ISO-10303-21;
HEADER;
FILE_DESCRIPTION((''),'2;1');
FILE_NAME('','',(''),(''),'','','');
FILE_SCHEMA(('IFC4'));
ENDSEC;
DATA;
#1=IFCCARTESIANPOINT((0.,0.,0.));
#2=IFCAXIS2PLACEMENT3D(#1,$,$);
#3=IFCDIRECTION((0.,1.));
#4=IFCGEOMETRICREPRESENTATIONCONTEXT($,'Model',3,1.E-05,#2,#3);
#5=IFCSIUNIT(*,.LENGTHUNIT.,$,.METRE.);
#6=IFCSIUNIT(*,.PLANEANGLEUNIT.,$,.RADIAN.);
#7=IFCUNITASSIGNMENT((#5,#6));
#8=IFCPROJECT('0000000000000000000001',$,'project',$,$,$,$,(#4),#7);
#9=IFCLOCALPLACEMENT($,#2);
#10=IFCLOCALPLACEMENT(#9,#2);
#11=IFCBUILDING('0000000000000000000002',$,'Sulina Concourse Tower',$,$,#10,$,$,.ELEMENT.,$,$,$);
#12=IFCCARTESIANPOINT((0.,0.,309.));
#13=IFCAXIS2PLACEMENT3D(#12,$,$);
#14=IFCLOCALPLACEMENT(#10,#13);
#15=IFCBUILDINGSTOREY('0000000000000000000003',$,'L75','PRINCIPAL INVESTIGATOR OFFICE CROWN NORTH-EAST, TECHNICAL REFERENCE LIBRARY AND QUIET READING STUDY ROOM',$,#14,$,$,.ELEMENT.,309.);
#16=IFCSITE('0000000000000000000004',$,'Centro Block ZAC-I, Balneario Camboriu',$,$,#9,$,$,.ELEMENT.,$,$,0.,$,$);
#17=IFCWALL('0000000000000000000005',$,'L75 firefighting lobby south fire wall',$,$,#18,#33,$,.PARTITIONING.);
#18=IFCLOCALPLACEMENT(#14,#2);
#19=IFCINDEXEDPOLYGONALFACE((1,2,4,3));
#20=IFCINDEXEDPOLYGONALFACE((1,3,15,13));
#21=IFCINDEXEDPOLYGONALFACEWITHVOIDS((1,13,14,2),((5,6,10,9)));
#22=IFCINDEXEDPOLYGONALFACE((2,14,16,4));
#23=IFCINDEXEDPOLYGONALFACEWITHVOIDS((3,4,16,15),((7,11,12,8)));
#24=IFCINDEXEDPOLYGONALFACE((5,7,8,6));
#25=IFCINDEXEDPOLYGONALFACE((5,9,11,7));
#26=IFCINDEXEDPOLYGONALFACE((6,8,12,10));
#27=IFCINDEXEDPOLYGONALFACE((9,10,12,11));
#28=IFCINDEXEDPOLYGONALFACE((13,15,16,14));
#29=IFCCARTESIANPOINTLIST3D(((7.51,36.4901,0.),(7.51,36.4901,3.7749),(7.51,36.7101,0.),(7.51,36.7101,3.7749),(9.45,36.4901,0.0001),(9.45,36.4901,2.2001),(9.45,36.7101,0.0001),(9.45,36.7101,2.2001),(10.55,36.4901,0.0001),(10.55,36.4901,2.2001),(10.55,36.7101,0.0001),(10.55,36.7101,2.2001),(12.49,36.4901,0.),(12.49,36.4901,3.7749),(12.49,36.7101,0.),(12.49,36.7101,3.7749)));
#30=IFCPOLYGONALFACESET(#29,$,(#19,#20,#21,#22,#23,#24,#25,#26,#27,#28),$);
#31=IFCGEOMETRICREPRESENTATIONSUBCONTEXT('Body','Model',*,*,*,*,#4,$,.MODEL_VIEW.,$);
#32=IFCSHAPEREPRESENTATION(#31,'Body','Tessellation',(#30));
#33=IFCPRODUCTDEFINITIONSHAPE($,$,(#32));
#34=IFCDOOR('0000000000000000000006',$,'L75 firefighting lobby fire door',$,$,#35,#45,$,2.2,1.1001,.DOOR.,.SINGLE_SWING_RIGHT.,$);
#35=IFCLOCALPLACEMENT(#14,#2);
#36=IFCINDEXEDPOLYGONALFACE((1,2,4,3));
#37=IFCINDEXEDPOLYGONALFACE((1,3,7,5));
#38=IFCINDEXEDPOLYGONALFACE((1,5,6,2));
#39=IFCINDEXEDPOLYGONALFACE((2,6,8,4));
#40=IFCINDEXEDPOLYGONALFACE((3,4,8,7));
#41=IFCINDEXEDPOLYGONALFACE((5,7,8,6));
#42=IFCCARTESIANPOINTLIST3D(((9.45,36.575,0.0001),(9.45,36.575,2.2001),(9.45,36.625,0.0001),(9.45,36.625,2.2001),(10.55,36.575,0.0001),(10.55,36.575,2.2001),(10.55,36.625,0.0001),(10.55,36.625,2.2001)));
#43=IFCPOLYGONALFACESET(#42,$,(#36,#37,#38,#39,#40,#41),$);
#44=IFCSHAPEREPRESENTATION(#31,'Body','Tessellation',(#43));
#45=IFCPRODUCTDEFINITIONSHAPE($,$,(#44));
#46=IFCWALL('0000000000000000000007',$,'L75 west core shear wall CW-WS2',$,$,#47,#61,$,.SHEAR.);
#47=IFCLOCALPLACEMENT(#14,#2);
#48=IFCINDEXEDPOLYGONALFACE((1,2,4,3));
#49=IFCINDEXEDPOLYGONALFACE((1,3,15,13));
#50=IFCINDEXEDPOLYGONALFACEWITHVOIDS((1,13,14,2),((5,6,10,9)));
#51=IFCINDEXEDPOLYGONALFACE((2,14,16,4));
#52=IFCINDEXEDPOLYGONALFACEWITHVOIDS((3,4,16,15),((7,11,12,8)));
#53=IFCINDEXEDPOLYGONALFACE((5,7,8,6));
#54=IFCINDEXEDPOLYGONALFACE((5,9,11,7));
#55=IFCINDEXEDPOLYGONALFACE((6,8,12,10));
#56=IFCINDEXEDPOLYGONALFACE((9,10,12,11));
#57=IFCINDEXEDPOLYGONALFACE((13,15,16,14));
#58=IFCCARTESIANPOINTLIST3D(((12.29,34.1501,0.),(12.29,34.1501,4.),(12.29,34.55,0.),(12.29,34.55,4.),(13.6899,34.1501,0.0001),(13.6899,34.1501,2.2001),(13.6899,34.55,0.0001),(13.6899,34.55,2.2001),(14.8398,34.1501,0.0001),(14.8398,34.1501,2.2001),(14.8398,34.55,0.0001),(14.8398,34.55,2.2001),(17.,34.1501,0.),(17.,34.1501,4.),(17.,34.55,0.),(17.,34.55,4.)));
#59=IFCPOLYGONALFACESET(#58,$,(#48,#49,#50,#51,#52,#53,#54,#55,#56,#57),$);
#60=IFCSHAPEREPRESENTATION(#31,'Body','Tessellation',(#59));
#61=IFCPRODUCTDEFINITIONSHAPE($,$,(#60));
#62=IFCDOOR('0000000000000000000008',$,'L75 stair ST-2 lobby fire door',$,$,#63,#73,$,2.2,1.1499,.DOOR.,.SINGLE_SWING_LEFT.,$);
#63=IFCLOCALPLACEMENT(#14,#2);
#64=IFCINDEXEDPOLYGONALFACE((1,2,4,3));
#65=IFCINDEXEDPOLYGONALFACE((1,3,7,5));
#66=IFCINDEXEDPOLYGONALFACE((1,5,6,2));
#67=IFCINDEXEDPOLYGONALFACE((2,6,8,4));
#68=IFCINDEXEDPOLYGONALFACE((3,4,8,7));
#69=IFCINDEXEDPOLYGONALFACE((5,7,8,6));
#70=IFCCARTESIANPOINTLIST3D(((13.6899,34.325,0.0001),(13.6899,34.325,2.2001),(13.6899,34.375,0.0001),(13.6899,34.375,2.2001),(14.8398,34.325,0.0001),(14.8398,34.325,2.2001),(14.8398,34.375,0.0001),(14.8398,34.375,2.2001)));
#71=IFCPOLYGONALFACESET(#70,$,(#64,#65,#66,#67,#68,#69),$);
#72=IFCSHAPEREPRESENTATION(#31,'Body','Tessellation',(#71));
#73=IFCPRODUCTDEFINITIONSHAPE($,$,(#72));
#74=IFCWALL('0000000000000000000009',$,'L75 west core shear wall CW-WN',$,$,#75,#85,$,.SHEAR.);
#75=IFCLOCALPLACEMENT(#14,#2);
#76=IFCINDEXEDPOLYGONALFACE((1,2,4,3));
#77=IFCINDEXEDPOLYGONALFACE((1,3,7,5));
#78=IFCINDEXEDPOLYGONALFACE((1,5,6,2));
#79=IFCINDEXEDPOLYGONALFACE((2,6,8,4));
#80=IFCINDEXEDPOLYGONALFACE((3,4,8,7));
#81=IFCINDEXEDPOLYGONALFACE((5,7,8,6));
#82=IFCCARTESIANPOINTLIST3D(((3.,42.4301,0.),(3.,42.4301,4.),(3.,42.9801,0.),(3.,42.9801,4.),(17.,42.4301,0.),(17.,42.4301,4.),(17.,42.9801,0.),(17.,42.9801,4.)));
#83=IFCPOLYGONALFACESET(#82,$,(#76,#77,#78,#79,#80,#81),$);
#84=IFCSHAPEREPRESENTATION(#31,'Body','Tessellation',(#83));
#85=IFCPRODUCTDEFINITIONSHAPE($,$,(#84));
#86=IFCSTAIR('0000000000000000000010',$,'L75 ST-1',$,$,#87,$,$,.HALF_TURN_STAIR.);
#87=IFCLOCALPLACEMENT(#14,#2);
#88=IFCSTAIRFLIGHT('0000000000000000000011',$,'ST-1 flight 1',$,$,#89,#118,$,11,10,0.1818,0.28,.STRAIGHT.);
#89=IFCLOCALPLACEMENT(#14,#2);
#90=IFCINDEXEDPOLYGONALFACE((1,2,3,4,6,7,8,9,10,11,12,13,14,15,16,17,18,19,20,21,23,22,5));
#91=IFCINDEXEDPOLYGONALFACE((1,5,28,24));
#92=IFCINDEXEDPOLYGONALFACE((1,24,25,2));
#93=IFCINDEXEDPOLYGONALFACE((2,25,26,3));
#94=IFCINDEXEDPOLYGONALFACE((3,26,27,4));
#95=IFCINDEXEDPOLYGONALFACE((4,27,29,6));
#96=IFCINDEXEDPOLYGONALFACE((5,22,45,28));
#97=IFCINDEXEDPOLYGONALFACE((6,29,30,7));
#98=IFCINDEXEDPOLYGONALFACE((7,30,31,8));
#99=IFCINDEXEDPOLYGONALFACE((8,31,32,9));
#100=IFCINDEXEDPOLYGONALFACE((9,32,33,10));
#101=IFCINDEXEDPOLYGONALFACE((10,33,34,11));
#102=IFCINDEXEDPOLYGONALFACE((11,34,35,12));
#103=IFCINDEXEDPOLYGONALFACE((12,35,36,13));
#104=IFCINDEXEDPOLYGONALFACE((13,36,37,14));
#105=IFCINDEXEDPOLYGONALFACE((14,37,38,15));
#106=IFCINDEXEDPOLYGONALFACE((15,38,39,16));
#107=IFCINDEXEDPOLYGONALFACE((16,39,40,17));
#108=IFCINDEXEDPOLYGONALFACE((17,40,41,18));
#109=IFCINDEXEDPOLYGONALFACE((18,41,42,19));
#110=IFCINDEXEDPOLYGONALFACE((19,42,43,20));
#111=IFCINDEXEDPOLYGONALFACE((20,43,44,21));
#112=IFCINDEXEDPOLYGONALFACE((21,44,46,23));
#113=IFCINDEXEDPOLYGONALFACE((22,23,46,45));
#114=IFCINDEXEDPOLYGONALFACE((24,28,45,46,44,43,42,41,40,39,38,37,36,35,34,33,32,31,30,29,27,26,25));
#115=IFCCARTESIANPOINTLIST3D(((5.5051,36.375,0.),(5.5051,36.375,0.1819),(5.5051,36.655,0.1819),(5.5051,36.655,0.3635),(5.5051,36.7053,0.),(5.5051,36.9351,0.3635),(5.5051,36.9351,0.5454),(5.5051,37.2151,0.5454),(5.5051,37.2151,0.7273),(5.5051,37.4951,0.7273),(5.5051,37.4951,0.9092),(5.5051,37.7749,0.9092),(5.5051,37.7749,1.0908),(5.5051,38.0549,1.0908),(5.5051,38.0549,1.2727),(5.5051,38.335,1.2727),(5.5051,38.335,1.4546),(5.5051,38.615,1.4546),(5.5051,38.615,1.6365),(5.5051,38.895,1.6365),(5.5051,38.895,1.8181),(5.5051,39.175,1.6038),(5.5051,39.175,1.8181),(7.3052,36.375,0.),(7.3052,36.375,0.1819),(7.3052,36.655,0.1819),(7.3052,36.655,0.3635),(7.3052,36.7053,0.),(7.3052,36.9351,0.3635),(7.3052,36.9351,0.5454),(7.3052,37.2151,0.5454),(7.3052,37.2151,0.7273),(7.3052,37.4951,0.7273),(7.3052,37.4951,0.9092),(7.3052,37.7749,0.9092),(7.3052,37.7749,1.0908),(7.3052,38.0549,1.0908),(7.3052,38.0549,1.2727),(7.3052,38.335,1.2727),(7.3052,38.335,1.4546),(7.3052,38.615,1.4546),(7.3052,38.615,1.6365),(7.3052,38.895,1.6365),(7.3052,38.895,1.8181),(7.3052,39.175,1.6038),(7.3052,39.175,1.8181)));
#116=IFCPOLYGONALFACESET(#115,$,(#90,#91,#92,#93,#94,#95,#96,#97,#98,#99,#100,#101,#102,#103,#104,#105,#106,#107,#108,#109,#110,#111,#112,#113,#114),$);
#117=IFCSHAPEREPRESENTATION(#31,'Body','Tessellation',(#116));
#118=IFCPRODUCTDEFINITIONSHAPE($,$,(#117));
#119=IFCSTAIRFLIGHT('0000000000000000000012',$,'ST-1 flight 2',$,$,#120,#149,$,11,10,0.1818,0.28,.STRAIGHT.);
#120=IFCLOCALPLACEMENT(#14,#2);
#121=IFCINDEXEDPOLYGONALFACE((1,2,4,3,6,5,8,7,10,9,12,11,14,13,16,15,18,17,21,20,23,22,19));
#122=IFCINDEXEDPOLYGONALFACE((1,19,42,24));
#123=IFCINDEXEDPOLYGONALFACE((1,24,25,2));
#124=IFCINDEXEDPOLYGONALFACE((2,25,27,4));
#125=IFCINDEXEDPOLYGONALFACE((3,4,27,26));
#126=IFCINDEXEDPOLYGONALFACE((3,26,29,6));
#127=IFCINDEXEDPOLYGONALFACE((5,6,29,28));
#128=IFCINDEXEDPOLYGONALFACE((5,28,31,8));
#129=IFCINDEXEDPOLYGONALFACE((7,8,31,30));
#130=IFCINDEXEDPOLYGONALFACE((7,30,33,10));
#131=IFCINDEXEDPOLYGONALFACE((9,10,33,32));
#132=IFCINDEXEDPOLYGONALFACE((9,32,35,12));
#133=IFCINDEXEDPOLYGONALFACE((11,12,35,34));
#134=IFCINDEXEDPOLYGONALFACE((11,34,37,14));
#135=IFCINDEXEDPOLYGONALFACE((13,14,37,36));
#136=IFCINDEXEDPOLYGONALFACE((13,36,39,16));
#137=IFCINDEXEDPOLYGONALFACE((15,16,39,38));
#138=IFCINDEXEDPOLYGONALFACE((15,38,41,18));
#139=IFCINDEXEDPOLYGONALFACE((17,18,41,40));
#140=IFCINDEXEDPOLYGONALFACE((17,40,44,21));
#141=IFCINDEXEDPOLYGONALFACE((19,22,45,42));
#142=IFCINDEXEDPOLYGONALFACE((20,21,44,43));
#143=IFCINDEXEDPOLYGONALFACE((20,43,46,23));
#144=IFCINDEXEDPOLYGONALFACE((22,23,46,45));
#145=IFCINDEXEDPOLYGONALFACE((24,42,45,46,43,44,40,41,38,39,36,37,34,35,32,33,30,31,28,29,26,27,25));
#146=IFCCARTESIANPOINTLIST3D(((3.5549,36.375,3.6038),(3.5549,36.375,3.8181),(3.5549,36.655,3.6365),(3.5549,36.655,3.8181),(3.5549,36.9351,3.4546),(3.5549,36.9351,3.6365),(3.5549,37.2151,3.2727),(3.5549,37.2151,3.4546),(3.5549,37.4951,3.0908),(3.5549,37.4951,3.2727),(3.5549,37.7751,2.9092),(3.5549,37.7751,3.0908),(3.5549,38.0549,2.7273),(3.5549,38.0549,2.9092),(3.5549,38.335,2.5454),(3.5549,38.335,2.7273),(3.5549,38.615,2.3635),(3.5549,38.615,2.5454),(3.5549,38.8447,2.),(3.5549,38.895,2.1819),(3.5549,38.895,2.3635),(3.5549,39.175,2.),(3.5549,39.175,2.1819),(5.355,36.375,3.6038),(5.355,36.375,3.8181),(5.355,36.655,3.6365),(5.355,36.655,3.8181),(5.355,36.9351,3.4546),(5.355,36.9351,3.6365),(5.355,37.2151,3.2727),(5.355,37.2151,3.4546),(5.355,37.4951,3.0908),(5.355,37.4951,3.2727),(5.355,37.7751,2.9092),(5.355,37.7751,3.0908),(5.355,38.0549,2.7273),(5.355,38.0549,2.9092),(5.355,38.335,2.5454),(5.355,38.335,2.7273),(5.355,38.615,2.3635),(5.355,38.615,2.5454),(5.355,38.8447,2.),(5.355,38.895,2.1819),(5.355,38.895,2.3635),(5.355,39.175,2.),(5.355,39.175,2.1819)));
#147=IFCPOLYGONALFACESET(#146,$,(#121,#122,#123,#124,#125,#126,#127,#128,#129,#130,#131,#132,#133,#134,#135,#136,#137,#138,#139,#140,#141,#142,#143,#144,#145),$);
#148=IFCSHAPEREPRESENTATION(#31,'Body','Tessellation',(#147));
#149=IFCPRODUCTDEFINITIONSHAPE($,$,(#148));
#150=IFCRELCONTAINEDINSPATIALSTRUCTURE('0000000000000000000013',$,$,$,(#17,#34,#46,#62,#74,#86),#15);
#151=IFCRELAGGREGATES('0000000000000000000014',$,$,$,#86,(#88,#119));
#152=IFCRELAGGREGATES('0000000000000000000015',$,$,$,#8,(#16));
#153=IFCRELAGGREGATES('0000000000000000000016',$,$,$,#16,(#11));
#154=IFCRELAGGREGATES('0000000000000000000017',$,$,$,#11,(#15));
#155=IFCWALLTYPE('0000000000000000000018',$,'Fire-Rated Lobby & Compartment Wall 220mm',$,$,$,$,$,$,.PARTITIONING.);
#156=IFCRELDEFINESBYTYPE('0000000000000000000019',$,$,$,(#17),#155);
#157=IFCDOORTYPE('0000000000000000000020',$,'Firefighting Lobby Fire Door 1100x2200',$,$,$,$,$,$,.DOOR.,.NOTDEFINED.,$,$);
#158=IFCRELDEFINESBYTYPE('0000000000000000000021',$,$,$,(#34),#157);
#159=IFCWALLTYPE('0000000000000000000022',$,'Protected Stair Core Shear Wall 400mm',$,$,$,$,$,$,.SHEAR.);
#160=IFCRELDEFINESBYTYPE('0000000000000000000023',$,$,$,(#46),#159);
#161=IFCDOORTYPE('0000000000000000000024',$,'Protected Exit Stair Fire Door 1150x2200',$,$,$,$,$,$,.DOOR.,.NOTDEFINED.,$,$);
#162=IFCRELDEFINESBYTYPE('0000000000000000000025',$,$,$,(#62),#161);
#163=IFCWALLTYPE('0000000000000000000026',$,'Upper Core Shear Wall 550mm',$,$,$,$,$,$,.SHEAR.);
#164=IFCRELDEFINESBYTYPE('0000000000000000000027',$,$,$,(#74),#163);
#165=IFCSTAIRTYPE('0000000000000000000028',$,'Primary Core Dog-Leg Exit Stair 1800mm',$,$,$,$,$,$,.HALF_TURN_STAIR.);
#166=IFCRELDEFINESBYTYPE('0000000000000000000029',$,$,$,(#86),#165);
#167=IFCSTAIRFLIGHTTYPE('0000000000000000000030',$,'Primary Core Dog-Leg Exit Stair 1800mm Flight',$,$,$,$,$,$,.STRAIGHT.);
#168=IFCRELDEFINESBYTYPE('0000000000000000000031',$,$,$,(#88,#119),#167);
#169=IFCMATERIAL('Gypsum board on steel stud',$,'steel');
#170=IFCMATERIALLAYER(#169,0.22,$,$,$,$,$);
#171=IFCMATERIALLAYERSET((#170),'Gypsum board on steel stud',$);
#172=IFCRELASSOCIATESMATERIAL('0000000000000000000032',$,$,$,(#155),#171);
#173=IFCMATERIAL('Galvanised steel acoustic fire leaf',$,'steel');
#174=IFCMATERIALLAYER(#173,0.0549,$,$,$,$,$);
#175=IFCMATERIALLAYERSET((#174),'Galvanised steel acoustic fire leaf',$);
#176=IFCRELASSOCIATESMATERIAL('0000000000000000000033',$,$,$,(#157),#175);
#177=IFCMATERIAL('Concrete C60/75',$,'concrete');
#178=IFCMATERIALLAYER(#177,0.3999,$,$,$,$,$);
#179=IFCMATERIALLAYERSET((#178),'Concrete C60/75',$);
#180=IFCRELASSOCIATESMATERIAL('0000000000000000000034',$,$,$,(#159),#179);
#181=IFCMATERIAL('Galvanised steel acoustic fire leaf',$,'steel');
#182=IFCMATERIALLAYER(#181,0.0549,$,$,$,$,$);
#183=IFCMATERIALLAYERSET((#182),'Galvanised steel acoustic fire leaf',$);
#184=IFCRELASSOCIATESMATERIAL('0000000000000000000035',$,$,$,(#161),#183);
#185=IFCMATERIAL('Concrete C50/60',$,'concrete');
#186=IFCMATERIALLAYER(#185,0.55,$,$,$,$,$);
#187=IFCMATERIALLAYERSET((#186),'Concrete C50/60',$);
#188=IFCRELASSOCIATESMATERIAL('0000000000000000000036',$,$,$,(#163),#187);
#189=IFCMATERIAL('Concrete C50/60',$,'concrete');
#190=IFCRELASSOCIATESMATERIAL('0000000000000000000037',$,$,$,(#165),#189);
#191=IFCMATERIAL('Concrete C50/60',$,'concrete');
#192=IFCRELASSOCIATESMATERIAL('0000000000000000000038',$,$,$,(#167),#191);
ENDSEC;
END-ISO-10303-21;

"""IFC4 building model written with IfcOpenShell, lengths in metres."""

from ifc_helpers import new_model, si_unit, direction, frame, frame_2d, origin, place, context, subcontext, project, spatial, polyline, rectangle, outline, extrude, material, layer, layer_set, type_object, element, fill, aggregate, save


model = new_model("IFC4")

# Units and contexts
model_context = context("Model", 3, precision=1e-05, world=origin(), true_north=direction((0.0, 1.0)))
body_context = subcontext(model_context, "Body", "Model", "MODEL_VIEW")
ifc_project = project(units=[si_unit("LENGTHUNIT", "METRE"), si_unit("PLANEANGLEUNIT", "RADIAN")], contexts=[model_context])

# Site, building, storey
site_placement = place(None, origin())
site = spatial("IfcSite", under=ifc_project, at=site_placement, Name="Centro Block ZAC-I, Balneario Camboriu", CompositionType="ELEMENT", RefElevation=0.0)
building_placement = place(site_placement, origin())
building = spatial("IfcBuilding", under=site, at=building_placement, Name="Sulina Concourse Tower", CompositionType="ELEMENT")
storey_placement = place(building_placement, frame((0.0, 0.0, 309.0)))
storey = spatial("IfcBuildingStorey", under=building, at=storey_placement, Name="L75", Description="PRINCIPAL INVESTIGATOR OFFICE CROWN NORTH-EAST, TECHNICAL REFERENCE LIBRARY AND QUIET READING STUDY ROOM", CompositionType="ELEMENT", Elevation=309.0)

# Walls, openings, doors
ifc_material_1 = material(Name="Gypsum board on steel stud", Category="steel")
ifc_layer_1 = layer(ifc_material_1, 0.22)
ifc_layer_set_1 = layer_set([ifc_layer_1], Name="Gypsum board on steel stud")
wall_type_1 = type_object("IfcWallType", Name="Fire-Rated Lobby & Compartment Wall 220mm", PredefinedType="PARTITIONING", material=ifc_layer_set_1)
wall_1_placement = place(storey_placement, frame((7.51, 36.6001, 0.0), z_axis=(0.0, 0.0, 1.0), x_axis=(1.0, 0.0, 0.0)))
wall_1 = element("IfcWall", 1, at=wall_1_placement, inside=storey, type_object=wall_type_1, Name="L75 firefighting lobby south fire wall", PredefinedType="PARTITIONING", context=body_context, shape_type="SweptSolid", body=[
    extrude(rectangle(XDim=4.98, YDim=0.22, at=frame_2d((2.49, 0.0))), origin(), (0.0, 0.0, 1.0), 3.7749),
])
opening_1_placement = place(wall_1_placement, frame((1.9399, 0.0, 0.0)))
opening_1 = element("IfcOpeningElement", 2, at=opening_1_placement, cuts=wall_1, PredefinedType="OPENING", context=body_context, shape_type="SweptSolid", body=[
    extrude(rectangle(XDim=1.1001, YDim=2.2, at=frame_2d((0.55, 1.1001))), frame((0.0, 0.1199, 0.0), z_axis=(0.0, -1.0, 0.0), x_axis=(1.0, 0.0, 0.0)), (0.0, 0.0, 1.0), 0.24),
])
ifc_material_2 = material(Name="Galvanised steel acoustic fire leaf", Category="steel")
ifc_layer_2 = layer(ifc_material_2, 0.0549)
ifc_layer_set_2 = layer_set([ifc_layer_2], Name="Galvanised steel acoustic fire leaf")
door_type_1 = type_object("IfcDoorType", Name="Firefighting Lobby Fire Door 1100x2200", OperationType="NOTDEFINED", PredefinedType="DOOR", material=ifc_layer_set_2)
door_1_placement = place(opening_1_placement, origin())
door_1 = element("IfcDoor", 3, at=door_1_placement, inside=storey, type_object=door_type_1, Name="L75 firefighting lobby fire door", OperationType="SINGLE_SWING_RIGHT", OverallHeight=2.2, OverallWidth=1.1001, PredefinedType="DOOR", context=body_context, shape_type="SweptSolid", body=[
    extrude(rectangle(XDim=1.1001, YDim=2.2, at=frame_2d((0.55, 1.1001))), frame((0.0, 0.0249, 0.0), z_axis=(0.0, -1.0, 0.0), x_axis=(1.0, 0.0, 0.0)), (0.0, 0.0, 1.0), 0.05),
])
fill(opening_1, door_1)
ifc_material_3 = material(Name="Concrete C60/75", Category="concrete")
ifc_layer_3 = layer(ifc_material_3, 0.3999)
ifc_layer_set_3 = layer_set([ifc_layer_3], Name="Concrete C60/75")
wall_type_2 = type_object("IfcWallType", Name="Protected Stair Core Shear Wall 400mm", PredefinedType="SHEAR", material=ifc_layer_set_3)
wall_2_placement = place(storey_placement, frame((12.29, 34.3501, 0.0), z_axis=(0.0, 0.0, 1.0), x_axis=(1.0, 0.0, 0.0)))
wall_2 = element("IfcWall", 4, at=wall_2_placement, inside=storey, type_object=wall_type_2, Name="L75 west core shear wall CW-WS2", PredefinedType="SHEAR", context=body_context, shape_type="SweptSolid", body=[
    extrude(rectangle(XDim=4.71, YDim=0.3999, at=frame_2d((2.355, 0.0))), origin(), (0.0, 0.0, 1.0), 4.0),
])
opening_2_placement = place(wall_2_placement, frame((1.3999, 0.0, 0.0)))
opening_2 = element("IfcOpeningElement", 5, at=opening_2_placement, cuts=wall_2, PredefinedType="OPENING", context=body_context, shape_type="SweptSolid", body=[
    extrude(rectangle(XDim=1.1499, YDim=2.2, at=frame_2d((0.575, 1.1001))), frame((0.0, 0.21, 0.0), z_axis=(0.0, -1.0, 0.0), x_axis=(1.0, 0.0, 0.0)), (0.0, 0.0, 1.0), 0.4199),
])
ifc_material_4 = material(Name="Galvanised steel acoustic fire leaf", Category="steel")
ifc_layer_4 = layer(ifc_material_4, 0.0549)
ifc_layer_set_4 = layer_set([ifc_layer_4], Name="Galvanised steel acoustic fire leaf")
door_type_2 = type_object("IfcDoorType", Name="Protected Exit Stair Fire Door 1150x2200", OperationType="NOTDEFINED", PredefinedType="DOOR", material=ifc_layer_set_4)
door_2_placement = place(opening_2_placement, origin())
door_2 = element("IfcDoor", 6, at=door_2_placement, inside=storey, type_object=door_type_2, Name="L75 stair ST-2 lobby fire door", OperationType="SINGLE_SWING_LEFT", OverallHeight=2.2, OverallWidth=1.1499, PredefinedType="DOOR", context=body_context, shape_type="SweptSolid", body=[
    extrude(rectangle(XDim=1.1499, YDim=2.2, at=frame_2d((0.575, 1.1001))), frame((0.0, 0.0249, 0.0), z_axis=(0.0, -1.0, 0.0), x_axis=(1.0, 0.0, 0.0)), (0.0, 0.0, 1.0), 0.05),
])
fill(opening_2, door_2)

# Wall
ifc_material_5 = material(Name="Concrete C50/60", Category="concrete")
ifc_layer_5 = layer(ifc_material_5, 0.55)
ifc_layer_set_5 = layer_set([ifc_layer_5], Name="Concrete C50/60")
wall_type_3 = type_object("IfcWallType", Name="Upper Core Shear Wall 550mm", PredefinedType="SHEAR", material=ifc_layer_set_5)
wall_3_placement = place(storey_placement, frame((3.0, 42.7051, 0.0), z_axis=(0.0, 0.0, 1.0), x_axis=(1.0, 0.0, 0.0)))
element("IfcWall", 7, at=wall_3_placement, inside=storey, type_object=wall_type_3, Name="L75 west core shear wall CW-WN", PredefinedType="SHEAR", context=body_context, shape_type="SweptSolid", body=[
    extrude(rectangle(XDim=14.0, YDim=0.55, at=frame_2d((7.0, 0.0))), origin(), (0.0, 0.0, 1.0), 4.0),
])

# Stair, stair flights
ifc_material_6 = material(Name="Concrete C50/60", Category="concrete")
stair_type = type_object("IfcStairType", Name="Primary Core Dog-Leg Exit Stair 1800mm", PredefinedType="HALF_TURN_STAIR", material=ifc_material_6)
stair_placement = place(storey_placement, origin())
stair = element("IfcStair", 8, at=stair_placement, inside=storey, type_object=stair_type, Name="L75 ST-1", PredefinedType="HALF_TURN_STAIR")
ifc_material_7 = material(Name="Concrete C50/60", Category="concrete")
stair_flight_type = type_object("IfcStairFlightType", Name="Primary Core Dog-Leg Exit Stair 1800mm Flight", PredefinedType="STRAIGHT", material=ifc_material_7)
stair_flight_1_placement = place(storey_placement, frame((6.405, 36.375, 0.0), z_axis=(0.0, 0.0, 1.0), x_axis=(0.0, 1.0, 0.0)))
stair_flight_1 = element("IfcStairFlight", 9, at=stair_flight_1_placement, type_object=stair_flight_type, Name="ST-1 flight 1", NumberOfRisers=11, NumberOfTreads=10, PredefinedType="STRAIGHT", RiserHeight=0.1818, TreadLength=0.28, context=body_context, shape_type="SweptSolid", body=[
    extrude(outline(polyline([(0.0, 0.0), (0.0, 0.1819), (0.28, 0.1819), (0.28, 0.3635), (0.5601, 0.3635), (0.5601, 0.5454), (0.8401, 0.5454), (0.8401, 0.7273), (1.1201, 0.7273), (1.1201, 0.9092), (1.3999, 0.9092), (1.3999, 1.0908), (1.6799, 1.0908), (1.6799, 1.2727), (1.96, 1.2727), (1.96, 1.4546), (2.24, 1.4546), (2.24, 1.6365), (2.52, 1.6365), (2.52, 1.8181), (2.8, 1.8181), (2.8, 2.0), (2.8, 1.6038), (0.3303, 0.0), (0.0, 0.0)])), frame((0.0, 0.8999, 0.0), z_axis=(0.0, -1.0, 0.0), x_axis=(1.0, 0.0, 0.0)), (0.0, 0.0, 1.0), 1.8),
])
stair_flight_2_placement = place(storey_placement, frame((4.4551, 39.175, 2.0), z_axis=(0.0, 0.0, 1.0), x_axis=(0.0, -1.0, 0.0)))
stair_flight_2 = element("IfcStairFlight", 10, at=stair_flight_2_placement, type_object=stair_flight_type, Name="ST-1 flight 2", NumberOfRisers=11, NumberOfTreads=10, PredefinedType="STRAIGHT", RiserHeight=0.1818, TreadLength=0.28, context=body_context, shape_type="SweptSolid", body=[
    extrude(outline(polyline([(0.0, 0.0), (0.0, 0.1819), (0.28, 0.1819), (0.28, 0.3635), (0.5601, 0.3635), (0.5601, 0.5454), (0.8401, 0.5454), (0.8401, 0.7273), (1.1201, 0.7273), (1.1201, 0.9092), (1.3999, 0.9092), (1.3999, 1.0908), (1.6799, 1.0908), (1.6799, 1.2727), (1.96, 1.2727), (1.96, 1.4546), (2.24, 1.4546), (2.24, 1.6365), (2.52, 1.6365), (2.52, 1.8181), (2.8, 1.8181), (2.8, 2.0), (2.8, 1.6038), (0.3303, 0.0), (0.0, 0.0)])), frame((0.0, 0.8999, 0.0), z_axis=(0.0, -1.0, 0.0), x_axis=(1.0, 0.0, 0.0)), (0.0, 0.0, 1.0), 1.8),
])
aggregate(stair, [stair_flight_1, stair_flight_2])

save(model, "model.ifc")
